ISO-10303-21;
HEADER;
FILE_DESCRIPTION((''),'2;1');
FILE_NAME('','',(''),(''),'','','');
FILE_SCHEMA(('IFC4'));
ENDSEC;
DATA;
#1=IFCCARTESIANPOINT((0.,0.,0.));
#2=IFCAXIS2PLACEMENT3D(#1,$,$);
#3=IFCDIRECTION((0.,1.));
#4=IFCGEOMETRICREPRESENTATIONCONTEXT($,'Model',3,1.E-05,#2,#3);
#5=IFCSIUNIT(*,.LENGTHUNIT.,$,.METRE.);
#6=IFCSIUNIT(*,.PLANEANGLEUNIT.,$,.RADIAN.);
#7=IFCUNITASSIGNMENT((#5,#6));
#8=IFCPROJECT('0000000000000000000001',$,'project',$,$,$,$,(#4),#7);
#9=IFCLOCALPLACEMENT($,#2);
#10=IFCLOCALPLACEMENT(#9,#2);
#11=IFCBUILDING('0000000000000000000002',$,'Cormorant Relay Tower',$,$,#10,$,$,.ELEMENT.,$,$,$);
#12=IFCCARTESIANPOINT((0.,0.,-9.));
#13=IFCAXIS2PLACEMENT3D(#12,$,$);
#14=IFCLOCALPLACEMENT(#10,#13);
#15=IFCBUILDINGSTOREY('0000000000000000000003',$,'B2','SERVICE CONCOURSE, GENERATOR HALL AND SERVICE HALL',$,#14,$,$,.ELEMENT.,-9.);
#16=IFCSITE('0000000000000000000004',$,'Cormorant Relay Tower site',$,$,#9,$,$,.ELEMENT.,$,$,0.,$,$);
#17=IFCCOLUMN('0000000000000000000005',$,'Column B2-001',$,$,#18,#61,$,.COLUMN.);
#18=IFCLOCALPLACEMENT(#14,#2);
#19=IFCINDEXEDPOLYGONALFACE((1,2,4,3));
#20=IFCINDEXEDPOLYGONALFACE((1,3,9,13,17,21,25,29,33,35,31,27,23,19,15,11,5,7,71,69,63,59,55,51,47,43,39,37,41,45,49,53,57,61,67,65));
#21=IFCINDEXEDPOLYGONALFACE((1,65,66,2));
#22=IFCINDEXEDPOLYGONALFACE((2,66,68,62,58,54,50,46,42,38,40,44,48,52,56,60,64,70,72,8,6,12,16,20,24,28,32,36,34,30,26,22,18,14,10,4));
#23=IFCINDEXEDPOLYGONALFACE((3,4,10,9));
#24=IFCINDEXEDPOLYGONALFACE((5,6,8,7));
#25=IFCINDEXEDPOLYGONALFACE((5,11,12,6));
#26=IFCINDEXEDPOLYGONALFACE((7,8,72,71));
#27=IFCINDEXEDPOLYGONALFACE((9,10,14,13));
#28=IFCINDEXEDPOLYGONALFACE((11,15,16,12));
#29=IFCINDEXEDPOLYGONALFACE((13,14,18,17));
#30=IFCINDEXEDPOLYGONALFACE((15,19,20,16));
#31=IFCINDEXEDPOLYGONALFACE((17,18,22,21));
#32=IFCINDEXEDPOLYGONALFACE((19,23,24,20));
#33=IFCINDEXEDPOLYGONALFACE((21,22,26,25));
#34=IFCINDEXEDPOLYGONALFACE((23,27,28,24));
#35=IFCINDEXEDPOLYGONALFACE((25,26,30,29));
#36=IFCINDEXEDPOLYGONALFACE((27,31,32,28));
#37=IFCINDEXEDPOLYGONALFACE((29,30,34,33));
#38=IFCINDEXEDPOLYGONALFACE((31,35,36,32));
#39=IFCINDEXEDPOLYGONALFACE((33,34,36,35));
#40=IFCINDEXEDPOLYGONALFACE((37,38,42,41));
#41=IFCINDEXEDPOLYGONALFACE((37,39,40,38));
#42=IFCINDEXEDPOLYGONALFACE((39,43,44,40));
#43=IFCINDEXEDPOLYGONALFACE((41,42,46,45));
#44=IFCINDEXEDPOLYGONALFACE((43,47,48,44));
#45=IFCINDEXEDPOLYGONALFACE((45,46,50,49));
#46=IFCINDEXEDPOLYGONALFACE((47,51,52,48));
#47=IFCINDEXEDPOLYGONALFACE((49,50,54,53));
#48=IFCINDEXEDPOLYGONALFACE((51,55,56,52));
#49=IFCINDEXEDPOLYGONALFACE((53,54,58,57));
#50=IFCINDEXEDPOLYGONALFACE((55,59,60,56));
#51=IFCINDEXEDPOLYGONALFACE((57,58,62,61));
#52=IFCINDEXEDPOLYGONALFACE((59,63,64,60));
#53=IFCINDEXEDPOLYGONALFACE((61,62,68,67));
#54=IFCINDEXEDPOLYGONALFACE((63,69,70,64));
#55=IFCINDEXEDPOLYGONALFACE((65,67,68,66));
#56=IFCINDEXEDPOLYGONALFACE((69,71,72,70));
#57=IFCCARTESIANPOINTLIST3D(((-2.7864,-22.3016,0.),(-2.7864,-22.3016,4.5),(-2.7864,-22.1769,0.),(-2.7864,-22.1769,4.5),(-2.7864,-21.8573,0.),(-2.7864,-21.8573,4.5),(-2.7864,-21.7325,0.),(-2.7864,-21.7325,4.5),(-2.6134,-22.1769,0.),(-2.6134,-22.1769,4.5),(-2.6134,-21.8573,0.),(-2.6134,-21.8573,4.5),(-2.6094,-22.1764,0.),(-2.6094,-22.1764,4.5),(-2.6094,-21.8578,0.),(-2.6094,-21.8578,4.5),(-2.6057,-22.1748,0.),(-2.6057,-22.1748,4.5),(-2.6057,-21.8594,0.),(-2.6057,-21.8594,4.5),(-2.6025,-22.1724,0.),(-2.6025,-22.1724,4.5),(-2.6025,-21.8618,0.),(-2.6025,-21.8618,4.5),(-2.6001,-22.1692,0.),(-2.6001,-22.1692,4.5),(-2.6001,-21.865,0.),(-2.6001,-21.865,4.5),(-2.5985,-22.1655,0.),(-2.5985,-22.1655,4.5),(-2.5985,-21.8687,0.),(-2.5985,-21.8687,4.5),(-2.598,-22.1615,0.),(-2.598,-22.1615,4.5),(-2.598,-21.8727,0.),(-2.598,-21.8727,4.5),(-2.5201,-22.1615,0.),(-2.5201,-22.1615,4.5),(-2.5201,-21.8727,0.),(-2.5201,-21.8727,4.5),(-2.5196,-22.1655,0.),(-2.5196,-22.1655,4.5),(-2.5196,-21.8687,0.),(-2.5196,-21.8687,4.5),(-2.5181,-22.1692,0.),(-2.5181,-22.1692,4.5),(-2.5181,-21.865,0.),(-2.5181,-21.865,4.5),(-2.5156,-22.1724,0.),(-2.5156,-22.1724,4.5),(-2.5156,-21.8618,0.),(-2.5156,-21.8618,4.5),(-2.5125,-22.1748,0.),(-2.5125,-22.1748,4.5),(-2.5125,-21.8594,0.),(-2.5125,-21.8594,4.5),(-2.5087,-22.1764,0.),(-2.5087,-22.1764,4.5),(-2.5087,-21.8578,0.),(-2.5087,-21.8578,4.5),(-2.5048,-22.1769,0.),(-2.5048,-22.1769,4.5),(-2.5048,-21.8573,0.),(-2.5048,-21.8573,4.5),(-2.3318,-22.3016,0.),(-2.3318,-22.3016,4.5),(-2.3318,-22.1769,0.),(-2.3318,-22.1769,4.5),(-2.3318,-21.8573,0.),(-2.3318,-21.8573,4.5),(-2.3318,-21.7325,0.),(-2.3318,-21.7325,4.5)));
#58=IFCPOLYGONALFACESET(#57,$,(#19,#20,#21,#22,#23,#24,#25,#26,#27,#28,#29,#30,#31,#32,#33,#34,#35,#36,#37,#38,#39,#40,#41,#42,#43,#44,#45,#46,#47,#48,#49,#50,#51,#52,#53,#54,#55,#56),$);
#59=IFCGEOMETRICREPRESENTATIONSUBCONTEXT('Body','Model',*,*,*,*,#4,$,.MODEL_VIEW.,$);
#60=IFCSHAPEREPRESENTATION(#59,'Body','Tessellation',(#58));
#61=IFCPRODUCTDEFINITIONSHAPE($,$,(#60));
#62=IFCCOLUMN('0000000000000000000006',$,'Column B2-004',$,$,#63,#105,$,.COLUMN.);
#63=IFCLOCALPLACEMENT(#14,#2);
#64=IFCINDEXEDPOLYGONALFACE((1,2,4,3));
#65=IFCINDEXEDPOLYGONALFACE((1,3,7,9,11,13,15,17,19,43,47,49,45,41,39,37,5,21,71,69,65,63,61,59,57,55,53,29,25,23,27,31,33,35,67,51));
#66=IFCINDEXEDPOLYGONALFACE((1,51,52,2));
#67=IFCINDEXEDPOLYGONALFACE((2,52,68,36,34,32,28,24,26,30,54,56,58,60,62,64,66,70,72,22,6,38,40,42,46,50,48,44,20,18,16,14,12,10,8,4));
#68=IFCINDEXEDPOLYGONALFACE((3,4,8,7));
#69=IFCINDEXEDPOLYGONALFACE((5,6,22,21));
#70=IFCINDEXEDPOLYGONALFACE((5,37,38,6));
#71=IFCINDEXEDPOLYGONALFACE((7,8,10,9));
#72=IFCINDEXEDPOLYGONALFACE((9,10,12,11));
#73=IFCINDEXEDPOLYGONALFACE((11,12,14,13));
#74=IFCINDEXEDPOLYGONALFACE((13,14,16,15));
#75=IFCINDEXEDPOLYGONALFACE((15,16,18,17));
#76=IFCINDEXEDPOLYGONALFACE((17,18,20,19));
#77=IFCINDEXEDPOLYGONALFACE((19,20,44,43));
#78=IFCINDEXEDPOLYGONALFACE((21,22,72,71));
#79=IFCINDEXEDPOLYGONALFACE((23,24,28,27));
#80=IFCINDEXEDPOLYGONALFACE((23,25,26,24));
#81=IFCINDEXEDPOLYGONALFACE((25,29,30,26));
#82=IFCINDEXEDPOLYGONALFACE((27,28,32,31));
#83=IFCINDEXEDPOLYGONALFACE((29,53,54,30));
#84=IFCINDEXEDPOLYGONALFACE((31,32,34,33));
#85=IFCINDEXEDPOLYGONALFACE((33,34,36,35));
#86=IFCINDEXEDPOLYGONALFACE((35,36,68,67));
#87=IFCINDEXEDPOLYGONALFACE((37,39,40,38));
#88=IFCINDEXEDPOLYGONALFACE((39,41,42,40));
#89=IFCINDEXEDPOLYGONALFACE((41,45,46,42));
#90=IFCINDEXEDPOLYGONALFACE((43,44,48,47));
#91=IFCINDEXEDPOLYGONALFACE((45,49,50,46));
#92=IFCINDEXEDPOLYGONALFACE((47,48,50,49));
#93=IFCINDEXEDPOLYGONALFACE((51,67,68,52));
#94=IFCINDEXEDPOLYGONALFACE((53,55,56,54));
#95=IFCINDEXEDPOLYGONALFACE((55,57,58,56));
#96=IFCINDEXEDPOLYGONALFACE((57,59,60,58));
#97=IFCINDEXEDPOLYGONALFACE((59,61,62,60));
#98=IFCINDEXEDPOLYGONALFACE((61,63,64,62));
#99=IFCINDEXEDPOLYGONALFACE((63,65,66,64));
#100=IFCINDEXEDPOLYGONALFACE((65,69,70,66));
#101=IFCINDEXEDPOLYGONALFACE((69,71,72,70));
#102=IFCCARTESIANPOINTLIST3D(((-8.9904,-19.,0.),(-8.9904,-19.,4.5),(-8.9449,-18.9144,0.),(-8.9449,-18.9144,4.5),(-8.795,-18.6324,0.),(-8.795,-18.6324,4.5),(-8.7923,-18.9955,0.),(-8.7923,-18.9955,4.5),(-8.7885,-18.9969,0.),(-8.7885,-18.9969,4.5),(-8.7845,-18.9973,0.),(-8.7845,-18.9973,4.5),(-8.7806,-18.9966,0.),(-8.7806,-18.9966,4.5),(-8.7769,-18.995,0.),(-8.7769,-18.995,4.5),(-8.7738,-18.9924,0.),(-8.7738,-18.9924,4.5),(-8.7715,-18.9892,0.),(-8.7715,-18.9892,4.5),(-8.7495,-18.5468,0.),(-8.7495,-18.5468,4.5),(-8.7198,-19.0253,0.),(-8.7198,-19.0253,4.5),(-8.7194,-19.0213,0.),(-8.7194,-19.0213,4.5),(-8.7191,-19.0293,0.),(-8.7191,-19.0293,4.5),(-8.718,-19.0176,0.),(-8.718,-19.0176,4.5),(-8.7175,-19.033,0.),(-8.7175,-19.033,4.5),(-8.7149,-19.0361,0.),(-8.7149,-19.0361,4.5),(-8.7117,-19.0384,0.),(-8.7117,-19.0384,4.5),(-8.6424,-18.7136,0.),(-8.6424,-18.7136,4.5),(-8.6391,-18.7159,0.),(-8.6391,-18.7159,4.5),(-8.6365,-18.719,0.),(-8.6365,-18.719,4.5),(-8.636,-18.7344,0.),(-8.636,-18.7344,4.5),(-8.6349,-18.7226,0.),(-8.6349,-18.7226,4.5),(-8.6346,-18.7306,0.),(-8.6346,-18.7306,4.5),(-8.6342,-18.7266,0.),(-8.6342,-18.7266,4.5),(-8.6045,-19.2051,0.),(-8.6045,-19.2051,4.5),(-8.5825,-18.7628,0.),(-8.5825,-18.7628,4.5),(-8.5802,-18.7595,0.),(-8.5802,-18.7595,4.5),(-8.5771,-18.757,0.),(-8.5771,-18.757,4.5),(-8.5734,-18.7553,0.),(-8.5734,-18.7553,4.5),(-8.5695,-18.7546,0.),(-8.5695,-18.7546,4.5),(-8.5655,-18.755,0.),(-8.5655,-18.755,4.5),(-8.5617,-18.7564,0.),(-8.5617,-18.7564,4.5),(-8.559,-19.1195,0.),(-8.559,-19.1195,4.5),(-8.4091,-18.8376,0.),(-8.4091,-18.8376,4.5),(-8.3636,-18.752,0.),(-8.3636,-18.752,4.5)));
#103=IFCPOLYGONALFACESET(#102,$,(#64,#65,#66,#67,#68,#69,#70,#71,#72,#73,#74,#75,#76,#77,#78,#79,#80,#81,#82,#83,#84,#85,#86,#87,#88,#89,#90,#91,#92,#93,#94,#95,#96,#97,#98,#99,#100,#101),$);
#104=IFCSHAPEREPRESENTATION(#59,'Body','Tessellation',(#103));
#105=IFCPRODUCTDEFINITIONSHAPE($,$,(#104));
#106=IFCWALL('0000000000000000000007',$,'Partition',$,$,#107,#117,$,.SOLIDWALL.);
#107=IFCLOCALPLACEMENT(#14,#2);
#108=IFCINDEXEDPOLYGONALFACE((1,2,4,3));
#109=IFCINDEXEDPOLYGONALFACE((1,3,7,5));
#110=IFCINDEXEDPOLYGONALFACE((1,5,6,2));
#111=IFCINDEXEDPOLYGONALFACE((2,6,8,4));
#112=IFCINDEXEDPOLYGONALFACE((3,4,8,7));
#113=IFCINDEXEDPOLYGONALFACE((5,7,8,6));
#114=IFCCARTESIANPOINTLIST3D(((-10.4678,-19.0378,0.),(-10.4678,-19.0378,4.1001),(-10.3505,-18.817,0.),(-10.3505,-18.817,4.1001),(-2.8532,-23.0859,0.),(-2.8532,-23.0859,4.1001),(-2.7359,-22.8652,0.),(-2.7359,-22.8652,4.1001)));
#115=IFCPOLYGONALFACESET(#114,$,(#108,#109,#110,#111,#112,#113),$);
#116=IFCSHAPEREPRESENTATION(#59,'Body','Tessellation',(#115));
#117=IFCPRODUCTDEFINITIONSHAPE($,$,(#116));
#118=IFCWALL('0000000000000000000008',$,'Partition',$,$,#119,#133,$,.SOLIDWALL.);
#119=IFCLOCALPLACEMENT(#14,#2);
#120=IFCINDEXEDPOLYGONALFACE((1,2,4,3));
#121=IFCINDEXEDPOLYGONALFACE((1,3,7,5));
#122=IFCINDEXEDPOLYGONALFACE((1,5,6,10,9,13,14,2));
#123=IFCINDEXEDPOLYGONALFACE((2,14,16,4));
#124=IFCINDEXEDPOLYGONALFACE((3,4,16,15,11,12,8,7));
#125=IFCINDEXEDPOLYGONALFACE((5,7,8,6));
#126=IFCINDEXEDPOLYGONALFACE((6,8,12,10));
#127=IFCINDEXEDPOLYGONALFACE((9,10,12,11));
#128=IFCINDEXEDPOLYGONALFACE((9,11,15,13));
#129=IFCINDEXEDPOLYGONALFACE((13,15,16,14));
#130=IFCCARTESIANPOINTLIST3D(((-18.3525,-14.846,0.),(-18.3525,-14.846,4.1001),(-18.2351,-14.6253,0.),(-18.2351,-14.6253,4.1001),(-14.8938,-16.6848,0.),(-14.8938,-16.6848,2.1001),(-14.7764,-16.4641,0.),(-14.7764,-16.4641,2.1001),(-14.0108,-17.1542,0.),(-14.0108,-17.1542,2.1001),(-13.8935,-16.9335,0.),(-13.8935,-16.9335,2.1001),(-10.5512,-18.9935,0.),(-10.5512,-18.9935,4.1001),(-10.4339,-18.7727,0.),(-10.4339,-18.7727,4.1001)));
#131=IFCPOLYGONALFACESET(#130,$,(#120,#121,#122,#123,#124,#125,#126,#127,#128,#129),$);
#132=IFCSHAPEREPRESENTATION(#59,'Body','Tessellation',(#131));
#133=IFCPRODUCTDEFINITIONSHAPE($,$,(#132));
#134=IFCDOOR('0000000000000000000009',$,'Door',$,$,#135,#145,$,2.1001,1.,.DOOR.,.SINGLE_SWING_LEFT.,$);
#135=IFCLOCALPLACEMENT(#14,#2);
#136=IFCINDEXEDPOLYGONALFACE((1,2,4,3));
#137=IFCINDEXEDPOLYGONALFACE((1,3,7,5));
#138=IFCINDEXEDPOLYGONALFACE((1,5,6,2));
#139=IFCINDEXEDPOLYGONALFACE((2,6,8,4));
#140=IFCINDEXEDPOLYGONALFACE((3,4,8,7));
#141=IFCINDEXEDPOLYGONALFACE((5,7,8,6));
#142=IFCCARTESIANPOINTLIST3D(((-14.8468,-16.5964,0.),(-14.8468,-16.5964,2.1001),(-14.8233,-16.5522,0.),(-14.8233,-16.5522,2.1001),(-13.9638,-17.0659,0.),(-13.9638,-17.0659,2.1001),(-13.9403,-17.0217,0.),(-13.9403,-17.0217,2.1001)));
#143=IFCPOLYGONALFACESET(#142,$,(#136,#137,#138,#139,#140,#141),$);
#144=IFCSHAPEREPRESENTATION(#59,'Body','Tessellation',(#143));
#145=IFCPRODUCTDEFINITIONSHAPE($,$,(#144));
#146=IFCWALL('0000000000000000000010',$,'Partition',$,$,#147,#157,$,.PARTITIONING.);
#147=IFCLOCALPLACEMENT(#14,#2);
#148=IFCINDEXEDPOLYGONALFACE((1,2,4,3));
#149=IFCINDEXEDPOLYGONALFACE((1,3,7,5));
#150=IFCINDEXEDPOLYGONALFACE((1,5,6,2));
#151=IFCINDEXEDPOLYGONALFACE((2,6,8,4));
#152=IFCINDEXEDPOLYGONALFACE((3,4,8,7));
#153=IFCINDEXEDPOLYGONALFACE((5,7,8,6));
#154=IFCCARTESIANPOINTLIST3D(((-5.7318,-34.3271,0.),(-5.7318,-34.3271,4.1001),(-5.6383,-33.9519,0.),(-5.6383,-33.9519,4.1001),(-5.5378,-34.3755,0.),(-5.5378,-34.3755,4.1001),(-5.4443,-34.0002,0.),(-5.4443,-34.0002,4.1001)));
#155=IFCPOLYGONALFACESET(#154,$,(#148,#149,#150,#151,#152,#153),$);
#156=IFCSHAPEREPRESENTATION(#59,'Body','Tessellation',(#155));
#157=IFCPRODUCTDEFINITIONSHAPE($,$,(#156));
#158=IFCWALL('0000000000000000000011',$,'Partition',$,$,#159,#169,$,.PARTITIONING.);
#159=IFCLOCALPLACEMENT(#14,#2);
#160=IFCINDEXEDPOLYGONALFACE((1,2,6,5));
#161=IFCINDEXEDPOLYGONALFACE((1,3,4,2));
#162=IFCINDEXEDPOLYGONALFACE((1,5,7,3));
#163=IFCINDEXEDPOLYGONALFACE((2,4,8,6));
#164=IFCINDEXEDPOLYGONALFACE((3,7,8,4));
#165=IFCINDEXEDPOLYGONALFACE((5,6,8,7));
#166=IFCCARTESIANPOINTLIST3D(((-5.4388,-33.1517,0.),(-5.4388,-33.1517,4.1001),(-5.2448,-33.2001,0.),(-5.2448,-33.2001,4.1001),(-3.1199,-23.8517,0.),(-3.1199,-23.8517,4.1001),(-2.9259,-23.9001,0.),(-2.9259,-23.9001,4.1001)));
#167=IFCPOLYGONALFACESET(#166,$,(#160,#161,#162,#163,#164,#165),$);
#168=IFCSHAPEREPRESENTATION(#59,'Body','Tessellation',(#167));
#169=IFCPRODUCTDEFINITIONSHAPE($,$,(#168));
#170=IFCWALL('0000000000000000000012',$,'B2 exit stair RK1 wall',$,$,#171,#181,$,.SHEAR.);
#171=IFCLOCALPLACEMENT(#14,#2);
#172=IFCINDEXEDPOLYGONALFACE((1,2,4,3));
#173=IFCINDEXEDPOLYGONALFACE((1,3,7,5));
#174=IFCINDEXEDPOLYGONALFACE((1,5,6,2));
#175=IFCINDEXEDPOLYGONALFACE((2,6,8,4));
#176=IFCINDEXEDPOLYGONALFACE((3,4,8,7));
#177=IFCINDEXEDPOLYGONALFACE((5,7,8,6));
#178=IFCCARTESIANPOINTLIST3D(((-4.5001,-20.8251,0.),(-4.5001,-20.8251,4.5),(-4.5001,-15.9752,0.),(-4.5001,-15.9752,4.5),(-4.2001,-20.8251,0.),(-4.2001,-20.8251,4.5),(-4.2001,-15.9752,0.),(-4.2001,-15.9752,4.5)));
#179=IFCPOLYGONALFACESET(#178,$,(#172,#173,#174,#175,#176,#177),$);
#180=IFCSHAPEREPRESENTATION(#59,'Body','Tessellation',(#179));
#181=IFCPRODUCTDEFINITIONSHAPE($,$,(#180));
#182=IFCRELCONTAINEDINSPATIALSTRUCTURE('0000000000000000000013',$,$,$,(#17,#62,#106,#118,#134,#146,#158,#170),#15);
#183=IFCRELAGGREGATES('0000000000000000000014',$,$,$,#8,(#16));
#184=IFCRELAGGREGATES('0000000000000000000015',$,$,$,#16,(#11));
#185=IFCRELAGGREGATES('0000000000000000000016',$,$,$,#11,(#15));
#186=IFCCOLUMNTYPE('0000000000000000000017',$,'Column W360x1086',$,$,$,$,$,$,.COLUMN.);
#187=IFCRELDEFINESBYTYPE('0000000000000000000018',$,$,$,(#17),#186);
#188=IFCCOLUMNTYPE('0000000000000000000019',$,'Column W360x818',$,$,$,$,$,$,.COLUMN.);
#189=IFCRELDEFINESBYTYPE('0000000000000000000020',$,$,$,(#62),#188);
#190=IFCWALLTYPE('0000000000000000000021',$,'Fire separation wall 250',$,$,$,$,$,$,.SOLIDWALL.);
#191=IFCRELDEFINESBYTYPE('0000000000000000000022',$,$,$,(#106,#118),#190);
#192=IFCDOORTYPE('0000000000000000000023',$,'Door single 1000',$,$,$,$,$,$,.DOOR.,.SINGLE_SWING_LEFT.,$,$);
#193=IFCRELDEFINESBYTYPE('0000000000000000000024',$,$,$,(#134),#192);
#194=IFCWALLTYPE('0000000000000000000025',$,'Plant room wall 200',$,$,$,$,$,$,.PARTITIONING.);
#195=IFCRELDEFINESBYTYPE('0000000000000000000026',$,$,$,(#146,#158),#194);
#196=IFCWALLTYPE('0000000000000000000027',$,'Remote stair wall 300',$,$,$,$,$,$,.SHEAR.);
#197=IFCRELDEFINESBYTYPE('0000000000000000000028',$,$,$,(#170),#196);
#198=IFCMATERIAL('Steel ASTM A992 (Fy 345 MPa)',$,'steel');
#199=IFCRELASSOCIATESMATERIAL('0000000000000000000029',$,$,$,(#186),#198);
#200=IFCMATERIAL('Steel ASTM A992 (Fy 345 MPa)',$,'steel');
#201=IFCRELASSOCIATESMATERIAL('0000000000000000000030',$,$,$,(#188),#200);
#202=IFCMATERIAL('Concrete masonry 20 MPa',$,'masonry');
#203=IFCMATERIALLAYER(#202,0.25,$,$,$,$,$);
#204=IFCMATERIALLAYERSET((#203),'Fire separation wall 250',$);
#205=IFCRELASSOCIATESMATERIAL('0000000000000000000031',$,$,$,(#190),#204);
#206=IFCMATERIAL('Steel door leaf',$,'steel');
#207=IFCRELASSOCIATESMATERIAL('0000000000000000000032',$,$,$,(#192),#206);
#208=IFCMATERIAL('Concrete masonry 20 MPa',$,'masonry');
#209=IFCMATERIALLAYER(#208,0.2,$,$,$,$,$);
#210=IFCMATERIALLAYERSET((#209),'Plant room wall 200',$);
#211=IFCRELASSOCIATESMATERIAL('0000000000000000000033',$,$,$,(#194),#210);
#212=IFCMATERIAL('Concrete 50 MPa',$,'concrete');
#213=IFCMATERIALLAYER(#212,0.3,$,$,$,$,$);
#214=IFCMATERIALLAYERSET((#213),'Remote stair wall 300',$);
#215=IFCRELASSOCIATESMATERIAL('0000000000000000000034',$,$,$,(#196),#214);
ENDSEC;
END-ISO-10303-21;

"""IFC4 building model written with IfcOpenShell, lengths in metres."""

from ifc_helpers import new_model, si_unit, direction, frame, frame_2d, origin, origin_2d, place, context, subcontext, project, spatial, rectangle, i_section, extrude, material, layer, layer_set, material_profile, profile_set, type_object, element, fill, save


model = new_model("IFC4")

# Units and contexts
model_context = context("Model", 3, precision=1e-05, world=origin(), true_north=direction((0.0, 1.0)))
body_context = subcontext(model_context, "Body", "Model", "MODEL_VIEW")
ifc_project = project(units=[si_unit("LENGTHUNIT", "METRE"), si_unit("PLANEANGLEUNIT", "RADIAN")], contexts=[model_context])

# Site, building, storey
site_placement = place(None, origin())
site = spatial("IfcSite", under=ifc_project, at=site_placement, Name="Cormorant Relay Tower site", CompositionType="ELEMENT", RefElevation=0.0)
building_placement = place(site_placement, origin())
building = spatial("IfcBuilding", under=site, at=building_placement, Name="Cormorant Relay Tower", CompositionType="ELEMENT")
storey_placement = place(building_placement, frame((0.0, 0.0, -9.0)))
storey = spatial("IfcBuildingStorey", under=building, at=storey_placement, Name="B2", Description="SERVICE CONCOURSE, GENERATOR HALL AND SERVICE HALL", CompositionType="ELEMENT", Elevation=-9.0)

# Columns
ifc_material_1 = material(Name="Steel ASTM A992 (Fy 345 MPa)", Category="steel")
ifc_material_profile_1 = material_profile(ifc_material_1, i_section(OverallWidth=0.4546, OverallDepth=0.5691, WebThickness=0.0779, FlangeThickness=0.1248, FilletRadius=0.0154, at=origin_2d()), Name="W360x1086")
ifc_profile_set_1 = profile_set([ifc_material_profile_1], Name="Steel ASTM A992 (Fy 345 MPa)")
column_type_1 = type_object("IfcColumnType", Name="Column W360x1086", PredefinedType="COLUMN", material=ifc_profile_set_1)
column_1_placement = place(storey_placement, frame((-2.5591, -22.0171, 0.0), z_axis=(0.0, 0.0, 1.0), x_axis=(1.0, 0.0, 0.0)))
element("IfcColumn", 1, at=column_1_placement, inside=storey, type_object=column_type_1, Name="Column B2-001", PredefinedType="COLUMN", context=body_context, shape_type="SweptSolid", body=[
    extrude(i_section(OverallWidth=0.4546, OverallDepth=0.5691, WebThickness=0.0779, FlangeThickness=0.1248, FilletRadius=0.0154, at=origin_2d()), origin(), (0.0, 0.0, 1.0), 4.5),
])
ifc_material_2 = material(Name="Steel ASTM A992 (Fy 345 MPa)", Category="steel")
ifc_material_profile_2 = material_profile(ifc_material_2, i_section(OverallWidth=0.437, OverallDepth=0.5132, WebThickness=0.0605, FlangeThickness=0.0969, FilletRadius=0.0154, at=origin_2d()), Name="W360x818")
ifc_profile_set_2 = profile_set([ifc_material_profile_2], Name="Steel ASTM A992 (Fy 345 MPa)")
column_type_2 = type_object("IfcColumnType", Name="Column W360x818", PredefinedType="COLUMN", material=ifc_profile_set_2)
column_2_placement = place(storey_placement, frame((-8.677, -18.876, 0.0), z_axis=(0.0, 0.0, 1.0), x_axis=(0.882948, -0.469472, 0.0)))
element("IfcColumn", 2, at=column_2_placement, inside=storey, type_object=column_type_2, Name="Column B2-004", PredefinedType="COLUMN", context=body_context, shape_type="SweptSolid", body=[
    extrude(i_section(OverallWidth=0.437, OverallDepth=0.5132, WebThickness=0.0605, FlangeThickness=0.0969, FilletRadius=0.0154, at=origin_2d()), origin(), (0.0, 0.0, 1.0), 4.5),
])

# Wall
ifc_material_3 = material(Name="Concrete masonry 20 MPa", Category="masonry")
ifc_layer_1 = layer(ifc_material_3, 0.25)
ifc_layer_set_1 = layer_set([ifc_layer_1], Name="Fire separation wall 250")
wall_type_1 = type_object("IfcWallType", Name="Fire separation wall 250", PredefinedType="SOLIDWALL", material=ifc_layer_set_1)
wall_1_placement = place(storey_placement, frame((-2.7944, -22.9756, 0.0), z_axis=(0.0, 0.0, 1.0), x_axis=(-0.882977, 0.469417, 0.0)))
element("IfcWall", 3, at=wall_1_placement, inside=storey, type_object=wall_type_1, Name="Partition", PredefinedType="SOLIDWALL", context=body_context, shape_type="SweptSolid", body=[
    extrude(rectangle(XDim=8.6238, YDim=0.25, at=frame_2d((4.312, 0.0))), origin(), (0.0, 0.0, 1.0), 4.1001),
])

# Wall, opening, door
wall_2_placement = place(storey_placement, frame((-10.4927, -18.8831, 0.0), z_axis=(0.0, 0.0, 1.0), x_axis=(-0.882973, 0.469423, 0.0)))
wall_2 = element("IfcWall", 4, at=wall_2_placement, inside=storey, type_object=wall_type_1, Name="Partition", PredefinedType="SOLIDWALL", context=body_context, shape_type="SweptSolid", body=[
    extrude(rectangle(XDim=8.8352, YDim=0.25, at=frame_2d((4.4175, 0.0))), origin(), (0.0, 0.0, 1.0), 4.1001),
])
opening_1_placement = place(wall_2_placement, frame((3.918, 0.0, 0.0)))
opening_1 = element("IfcOpeningElement", 5, at=opening_1_placement, cuts=wall_2, PredefinedType="OPENING", context=body_context, shape_type="SweptSolid", body=[
    extrude(rectangle(XDim=1.0, YDim=2.1001, at=frame_2d((0.5, 1.05))), frame((0.0, 0.135, 0.0), z_axis=(0.0, -1.0, 0.0), x_axis=(1.0, 0.0, 0.0)), (0.0, 0.0, 1.0), 0.27),
])
ifc_material_4 = material(Name="Steel door leaf", Category="steel")
door_type_1 = type_object("IfcDoorType", Name="Door single 1000", OperationType="SINGLE_SWING_LEFT", PredefinedType="DOOR", material=ifc_material_4)
door_1_placement = place(opening_1_placement, origin())
door_1 = element("IfcDoor", 6, at=door_1_placement, inside=storey, type_object=door_type_1, Name="Door", OperationType="SINGLE_SWING_LEFT", OverallHeight=2.1001, OverallWidth=1.0, PredefinedType="DOOR", context=body_context, shape_type="SweptSolid", body=[
    extrude(rectangle(XDim=1.0, YDim=2.1001, at=frame_2d((0.5, 1.05))), frame((0.0, 0.0249, 0.0), z_axis=(0.0, -1.0, 0.0), x_axis=(1.0, 0.0, 0.0)), (0.0, 0.0, 1.0), 0.05),
])
fill(opening_1, door_1)

# Walls
ifc_material_5 = material(Name="Concrete masonry 20 MPa", Category="masonry")
ifc_layer_2 = layer(ifc_material_5, 0.2)
ifc_layer_set_2 = layer_set([ifc_layer_2], Name="Plant room wall 200")
wall_type_2 = type_object("IfcWallType", Name="Plant room wall 200", PredefinedType="PARTITIONING", material=ifc_layer_set_2)
wall_3_placement = place(storey_placement, frame((-5.6348, -34.3513, 0.0), z_axis=(0.0, 0.0, 1.0), x_axis=(0.241793, 0.970328, 0.0)))
element("IfcWall", 7, at=wall_3_placement, inside=storey, type_object=wall_type_2, Name="Partition", PredefinedType="PARTITIONING", context=body_context, shape_type="SweptSolid", body=[
    extrude(rectangle(XDim=0.3867, YDim=0.2, at=frame_2d((0.1934, 0.0))), origin(), (0.0, 0.0, 1.0), 4.1001),
])
wall_4_placement = place(storey_placement, frame((-5.3418, -33.176, 0.0), z_axis=(0.0, 0.0, 1.0), x_axis=(0.24193, 0.970294, 0.0)))
element("IfcWall", 8, at=wall_4_placement, inside=storey, type_object=wall_type_2, Name="Partition", PredefinedType="PARTITIONING", context=body_context, shape_type="SweptSolid", body=[
    extrude(rectangle(XDim=9.5847, YDim=0.2, at=frame_2d((4.7925, 0.0))), origin(), (0.0, 0.0, 1.0), 4.1001),
])
ifc_material_6 = material(Name="Concrete 50 MPa", Category="concrete")
ifc_layer_3 = layer(ifc_material_6, 0.3)
ifc_layer_set_3 = layer_set([ifc_layer_3], Name="Remote stair wall 300")
wall_type_3 = type_object("IfcWallType", Name="Remote stair wall 300", PredefinedType="SHEAR", material=ifc_layer_set_3)
wall_5_placement = place(storey_placement, frame((-4.3501, -20.825, 0.0), z_axis=(0.0, 0.0, 1.0), x_axis=(0.0, 1.0, 0.0)))
element("IfcWall", 9, at=wall_5_placement, inside=storey, type_object=wall_type_3, Name="B2 exit stair RK1 wall", PredefinedType="SHEAR", context=body_context, shape_type="SweptSolid", body=[
    extrude(rectangle(XDim=4.8499, YDim=0.3, at=frame_2d((2.4248, 0.0))), origin(), (0.0, 0.0, 1.0), 4.5),
])

save(model, "model.ifc")
